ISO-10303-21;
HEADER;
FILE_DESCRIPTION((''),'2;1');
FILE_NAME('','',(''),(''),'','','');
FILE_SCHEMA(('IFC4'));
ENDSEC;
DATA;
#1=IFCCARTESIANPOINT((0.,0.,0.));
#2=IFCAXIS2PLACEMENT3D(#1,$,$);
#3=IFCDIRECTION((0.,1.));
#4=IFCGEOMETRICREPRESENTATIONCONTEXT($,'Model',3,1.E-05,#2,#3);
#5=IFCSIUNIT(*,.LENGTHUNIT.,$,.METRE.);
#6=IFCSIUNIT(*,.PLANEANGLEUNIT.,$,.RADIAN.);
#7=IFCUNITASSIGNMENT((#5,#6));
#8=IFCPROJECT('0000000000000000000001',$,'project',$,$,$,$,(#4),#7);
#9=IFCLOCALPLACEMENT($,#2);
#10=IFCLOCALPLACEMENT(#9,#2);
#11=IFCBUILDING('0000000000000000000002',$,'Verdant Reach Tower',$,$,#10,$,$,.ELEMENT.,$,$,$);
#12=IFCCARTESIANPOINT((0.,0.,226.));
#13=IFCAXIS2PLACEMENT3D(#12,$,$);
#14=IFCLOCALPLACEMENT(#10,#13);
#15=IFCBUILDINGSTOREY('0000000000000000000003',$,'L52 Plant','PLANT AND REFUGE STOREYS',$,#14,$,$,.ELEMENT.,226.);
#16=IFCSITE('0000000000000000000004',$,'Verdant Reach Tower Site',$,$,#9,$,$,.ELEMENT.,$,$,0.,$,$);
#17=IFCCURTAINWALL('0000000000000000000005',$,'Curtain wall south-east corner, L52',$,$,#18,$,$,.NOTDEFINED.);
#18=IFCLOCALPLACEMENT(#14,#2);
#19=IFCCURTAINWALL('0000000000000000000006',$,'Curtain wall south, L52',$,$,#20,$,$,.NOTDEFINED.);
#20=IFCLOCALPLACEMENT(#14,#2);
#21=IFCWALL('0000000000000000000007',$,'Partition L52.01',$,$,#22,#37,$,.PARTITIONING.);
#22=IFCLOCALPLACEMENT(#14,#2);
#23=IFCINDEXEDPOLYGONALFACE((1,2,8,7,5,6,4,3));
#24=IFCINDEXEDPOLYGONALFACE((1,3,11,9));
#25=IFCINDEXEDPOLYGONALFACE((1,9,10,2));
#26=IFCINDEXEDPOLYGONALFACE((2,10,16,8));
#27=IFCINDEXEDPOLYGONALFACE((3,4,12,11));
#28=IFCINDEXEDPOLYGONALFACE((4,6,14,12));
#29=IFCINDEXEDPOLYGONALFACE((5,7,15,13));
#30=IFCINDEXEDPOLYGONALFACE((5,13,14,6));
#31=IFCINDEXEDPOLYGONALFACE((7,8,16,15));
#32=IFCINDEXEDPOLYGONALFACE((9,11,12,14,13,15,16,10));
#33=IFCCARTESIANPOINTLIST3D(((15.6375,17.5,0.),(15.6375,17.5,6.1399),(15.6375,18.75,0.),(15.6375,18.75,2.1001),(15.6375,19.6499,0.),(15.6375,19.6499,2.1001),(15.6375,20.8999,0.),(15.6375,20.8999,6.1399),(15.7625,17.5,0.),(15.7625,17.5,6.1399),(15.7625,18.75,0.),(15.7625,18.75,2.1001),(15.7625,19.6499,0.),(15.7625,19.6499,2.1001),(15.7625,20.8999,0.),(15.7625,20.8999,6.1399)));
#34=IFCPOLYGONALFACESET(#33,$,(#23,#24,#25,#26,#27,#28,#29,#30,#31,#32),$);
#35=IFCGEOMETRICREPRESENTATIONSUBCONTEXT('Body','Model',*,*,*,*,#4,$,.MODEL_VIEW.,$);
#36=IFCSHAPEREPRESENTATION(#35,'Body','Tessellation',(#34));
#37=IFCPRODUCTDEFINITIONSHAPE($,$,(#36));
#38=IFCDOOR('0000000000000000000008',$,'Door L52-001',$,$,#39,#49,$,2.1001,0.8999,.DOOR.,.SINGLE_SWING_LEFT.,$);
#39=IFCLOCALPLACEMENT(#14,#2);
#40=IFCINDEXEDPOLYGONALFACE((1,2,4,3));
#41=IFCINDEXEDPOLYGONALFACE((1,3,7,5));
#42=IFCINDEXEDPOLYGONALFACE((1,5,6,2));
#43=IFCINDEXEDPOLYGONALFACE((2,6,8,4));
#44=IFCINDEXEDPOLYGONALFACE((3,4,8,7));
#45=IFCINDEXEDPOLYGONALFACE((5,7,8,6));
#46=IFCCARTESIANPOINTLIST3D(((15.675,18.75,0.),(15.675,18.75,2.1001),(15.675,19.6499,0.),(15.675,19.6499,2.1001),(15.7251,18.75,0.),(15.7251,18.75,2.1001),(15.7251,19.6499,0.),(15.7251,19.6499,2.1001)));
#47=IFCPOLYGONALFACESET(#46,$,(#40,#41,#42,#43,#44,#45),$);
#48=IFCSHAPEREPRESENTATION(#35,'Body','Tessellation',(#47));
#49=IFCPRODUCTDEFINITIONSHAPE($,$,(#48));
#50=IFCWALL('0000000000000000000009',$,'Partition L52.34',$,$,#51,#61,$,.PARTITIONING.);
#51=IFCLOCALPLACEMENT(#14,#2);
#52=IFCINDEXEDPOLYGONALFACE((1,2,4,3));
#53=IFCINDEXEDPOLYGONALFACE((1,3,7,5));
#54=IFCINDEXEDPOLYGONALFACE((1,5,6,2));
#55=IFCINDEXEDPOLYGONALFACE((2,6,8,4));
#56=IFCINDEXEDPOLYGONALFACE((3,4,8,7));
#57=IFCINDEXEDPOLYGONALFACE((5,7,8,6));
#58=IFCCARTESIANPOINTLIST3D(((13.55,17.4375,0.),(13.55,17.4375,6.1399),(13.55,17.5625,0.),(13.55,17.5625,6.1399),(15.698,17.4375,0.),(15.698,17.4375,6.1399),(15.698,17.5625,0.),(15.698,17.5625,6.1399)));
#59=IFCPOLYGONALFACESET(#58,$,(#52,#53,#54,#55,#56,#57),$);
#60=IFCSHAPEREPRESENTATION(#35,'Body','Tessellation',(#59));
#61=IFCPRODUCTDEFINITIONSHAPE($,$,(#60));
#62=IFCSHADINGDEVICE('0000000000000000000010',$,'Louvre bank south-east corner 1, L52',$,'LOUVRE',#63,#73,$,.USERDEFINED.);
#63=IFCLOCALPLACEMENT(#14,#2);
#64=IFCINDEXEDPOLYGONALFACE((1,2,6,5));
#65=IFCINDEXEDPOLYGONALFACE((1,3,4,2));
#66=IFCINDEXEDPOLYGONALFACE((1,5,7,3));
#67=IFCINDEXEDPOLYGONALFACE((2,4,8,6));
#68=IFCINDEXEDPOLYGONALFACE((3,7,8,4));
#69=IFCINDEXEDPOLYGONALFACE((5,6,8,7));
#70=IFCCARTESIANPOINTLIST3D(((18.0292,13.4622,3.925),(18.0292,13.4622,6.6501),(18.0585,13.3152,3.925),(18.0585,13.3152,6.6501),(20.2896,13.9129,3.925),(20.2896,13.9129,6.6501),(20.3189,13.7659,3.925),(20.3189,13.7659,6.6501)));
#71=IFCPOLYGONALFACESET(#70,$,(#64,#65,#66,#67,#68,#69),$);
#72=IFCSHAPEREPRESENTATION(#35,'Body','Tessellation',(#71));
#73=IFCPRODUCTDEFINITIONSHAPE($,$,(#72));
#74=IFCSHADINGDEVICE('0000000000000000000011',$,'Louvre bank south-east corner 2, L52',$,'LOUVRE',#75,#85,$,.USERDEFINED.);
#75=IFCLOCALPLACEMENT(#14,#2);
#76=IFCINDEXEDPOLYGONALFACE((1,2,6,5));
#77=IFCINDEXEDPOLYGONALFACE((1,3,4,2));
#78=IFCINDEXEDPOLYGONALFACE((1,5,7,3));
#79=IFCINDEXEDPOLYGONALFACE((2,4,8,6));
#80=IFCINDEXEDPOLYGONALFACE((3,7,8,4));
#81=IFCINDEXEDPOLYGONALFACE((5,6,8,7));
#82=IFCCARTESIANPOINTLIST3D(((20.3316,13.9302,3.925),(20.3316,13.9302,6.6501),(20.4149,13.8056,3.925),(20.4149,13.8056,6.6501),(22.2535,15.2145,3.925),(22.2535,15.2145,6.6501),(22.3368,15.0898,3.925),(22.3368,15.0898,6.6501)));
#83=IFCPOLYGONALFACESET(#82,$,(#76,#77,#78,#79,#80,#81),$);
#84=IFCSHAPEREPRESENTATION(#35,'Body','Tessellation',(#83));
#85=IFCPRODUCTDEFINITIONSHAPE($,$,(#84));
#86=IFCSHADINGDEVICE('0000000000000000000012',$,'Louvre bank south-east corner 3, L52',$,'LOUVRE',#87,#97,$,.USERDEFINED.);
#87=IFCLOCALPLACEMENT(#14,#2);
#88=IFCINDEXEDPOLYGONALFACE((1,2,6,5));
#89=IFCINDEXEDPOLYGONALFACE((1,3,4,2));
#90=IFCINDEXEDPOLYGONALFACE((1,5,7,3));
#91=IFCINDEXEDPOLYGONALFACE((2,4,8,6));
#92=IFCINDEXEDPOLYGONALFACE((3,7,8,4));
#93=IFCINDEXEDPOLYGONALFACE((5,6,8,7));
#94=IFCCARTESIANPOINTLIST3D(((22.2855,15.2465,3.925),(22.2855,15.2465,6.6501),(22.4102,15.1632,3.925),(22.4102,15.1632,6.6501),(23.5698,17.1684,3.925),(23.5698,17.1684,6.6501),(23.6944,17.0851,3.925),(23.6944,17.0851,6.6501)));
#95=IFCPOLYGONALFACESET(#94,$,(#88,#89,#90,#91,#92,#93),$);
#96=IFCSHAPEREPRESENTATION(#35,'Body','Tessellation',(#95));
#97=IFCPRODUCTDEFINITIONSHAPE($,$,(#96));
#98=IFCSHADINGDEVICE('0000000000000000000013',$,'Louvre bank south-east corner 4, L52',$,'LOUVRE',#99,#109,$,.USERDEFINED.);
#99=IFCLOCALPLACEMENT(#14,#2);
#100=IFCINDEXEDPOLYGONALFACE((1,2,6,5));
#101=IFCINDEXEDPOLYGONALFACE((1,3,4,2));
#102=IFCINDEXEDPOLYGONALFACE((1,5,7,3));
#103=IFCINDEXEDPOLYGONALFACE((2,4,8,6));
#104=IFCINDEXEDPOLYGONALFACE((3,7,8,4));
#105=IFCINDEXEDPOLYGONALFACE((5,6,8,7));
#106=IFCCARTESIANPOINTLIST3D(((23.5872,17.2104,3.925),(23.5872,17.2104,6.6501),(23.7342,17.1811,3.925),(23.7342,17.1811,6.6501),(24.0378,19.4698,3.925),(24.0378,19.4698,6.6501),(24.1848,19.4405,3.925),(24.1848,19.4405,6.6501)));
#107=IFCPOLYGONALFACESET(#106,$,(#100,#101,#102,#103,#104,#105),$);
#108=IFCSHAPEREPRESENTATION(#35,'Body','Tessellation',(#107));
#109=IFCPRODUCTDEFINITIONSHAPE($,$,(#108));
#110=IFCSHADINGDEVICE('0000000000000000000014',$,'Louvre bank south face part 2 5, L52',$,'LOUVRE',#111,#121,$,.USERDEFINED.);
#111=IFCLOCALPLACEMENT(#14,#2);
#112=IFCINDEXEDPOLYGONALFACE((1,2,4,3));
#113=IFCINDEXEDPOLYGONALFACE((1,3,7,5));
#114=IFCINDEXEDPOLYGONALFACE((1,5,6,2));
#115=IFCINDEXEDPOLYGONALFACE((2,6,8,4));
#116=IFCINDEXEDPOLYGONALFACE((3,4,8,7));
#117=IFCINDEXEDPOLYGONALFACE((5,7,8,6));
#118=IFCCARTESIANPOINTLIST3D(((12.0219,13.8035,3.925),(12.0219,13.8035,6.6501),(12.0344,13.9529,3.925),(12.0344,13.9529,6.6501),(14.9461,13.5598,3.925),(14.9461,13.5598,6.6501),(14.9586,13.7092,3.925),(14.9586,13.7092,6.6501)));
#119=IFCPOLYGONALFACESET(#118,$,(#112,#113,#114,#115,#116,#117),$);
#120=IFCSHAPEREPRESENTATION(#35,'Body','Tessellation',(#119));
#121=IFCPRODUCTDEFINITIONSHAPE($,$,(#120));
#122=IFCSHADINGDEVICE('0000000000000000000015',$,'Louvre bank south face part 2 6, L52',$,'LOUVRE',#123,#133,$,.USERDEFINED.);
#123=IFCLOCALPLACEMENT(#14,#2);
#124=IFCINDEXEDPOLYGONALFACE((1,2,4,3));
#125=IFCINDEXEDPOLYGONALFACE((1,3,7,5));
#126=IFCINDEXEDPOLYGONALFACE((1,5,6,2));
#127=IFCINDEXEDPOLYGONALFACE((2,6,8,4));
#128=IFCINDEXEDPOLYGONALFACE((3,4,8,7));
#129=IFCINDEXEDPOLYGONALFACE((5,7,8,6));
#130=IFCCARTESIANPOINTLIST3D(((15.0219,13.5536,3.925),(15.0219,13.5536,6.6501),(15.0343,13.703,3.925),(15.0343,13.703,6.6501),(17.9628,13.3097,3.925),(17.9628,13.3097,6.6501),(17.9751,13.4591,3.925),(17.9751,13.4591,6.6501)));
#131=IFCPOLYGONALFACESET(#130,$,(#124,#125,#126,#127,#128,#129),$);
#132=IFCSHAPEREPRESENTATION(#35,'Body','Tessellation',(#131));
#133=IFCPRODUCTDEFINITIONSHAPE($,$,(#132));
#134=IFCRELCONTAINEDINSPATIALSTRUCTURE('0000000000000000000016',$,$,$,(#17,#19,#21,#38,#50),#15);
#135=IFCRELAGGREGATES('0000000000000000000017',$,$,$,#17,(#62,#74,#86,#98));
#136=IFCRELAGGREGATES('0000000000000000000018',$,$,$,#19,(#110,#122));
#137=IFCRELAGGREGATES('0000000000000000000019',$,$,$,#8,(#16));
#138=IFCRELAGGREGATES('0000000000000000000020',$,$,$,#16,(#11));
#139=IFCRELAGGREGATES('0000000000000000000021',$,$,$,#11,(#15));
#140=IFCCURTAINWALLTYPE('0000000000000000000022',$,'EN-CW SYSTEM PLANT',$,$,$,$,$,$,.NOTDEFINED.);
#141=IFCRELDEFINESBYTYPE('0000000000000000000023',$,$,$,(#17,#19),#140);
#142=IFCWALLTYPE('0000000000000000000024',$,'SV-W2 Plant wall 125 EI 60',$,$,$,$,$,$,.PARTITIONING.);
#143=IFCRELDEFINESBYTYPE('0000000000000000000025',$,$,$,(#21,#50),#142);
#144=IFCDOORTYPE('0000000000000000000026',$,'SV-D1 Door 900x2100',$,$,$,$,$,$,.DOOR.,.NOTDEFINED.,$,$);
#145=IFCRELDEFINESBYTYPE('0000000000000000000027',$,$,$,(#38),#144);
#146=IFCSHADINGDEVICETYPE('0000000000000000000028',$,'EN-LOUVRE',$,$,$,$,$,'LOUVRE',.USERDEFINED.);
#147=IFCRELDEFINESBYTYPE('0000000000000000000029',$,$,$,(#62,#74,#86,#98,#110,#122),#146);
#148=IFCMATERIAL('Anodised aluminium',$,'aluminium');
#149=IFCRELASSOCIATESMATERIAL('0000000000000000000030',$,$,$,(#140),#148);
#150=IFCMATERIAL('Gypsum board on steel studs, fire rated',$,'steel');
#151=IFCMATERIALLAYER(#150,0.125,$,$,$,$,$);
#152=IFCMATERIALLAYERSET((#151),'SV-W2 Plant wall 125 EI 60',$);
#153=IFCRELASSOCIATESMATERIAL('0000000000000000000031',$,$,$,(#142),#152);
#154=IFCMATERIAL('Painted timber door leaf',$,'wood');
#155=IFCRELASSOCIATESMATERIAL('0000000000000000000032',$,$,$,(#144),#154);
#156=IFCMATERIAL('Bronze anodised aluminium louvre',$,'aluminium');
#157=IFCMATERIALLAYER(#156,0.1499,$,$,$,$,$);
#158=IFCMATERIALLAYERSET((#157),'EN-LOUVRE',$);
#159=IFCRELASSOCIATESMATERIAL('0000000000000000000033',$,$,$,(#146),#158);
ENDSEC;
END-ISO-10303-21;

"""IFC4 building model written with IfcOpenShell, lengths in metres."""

from ifc_helpers import new_model, si_unit, direction, frame, frame_2d, origin, origin_2d, place, context, subcontext, project, spatial, rectangle, extrude, material, layer, layer_set, type_object, element, fill, aggregate, save


model = new_model("IFC4")

# Units and contexts
model_context = context("Model", 3, precision=1e-05, world=origin(), true_north=direction((0.0, 1.0)))
body_context = subcontext(model_context, "Body", "Model", "MODEL_VIEW")
ifc_project = project(units=[si_unit("LENGTHUNIT", "METRE"), si_unit("PLANEANGLEUNIT", "RADIAN")], contexts=[model_context])

# Site, building, storey
site_placement = place(None, origin())
site = spatial("IfcSite", under=ifc_project, at=site_placement, Name="Verdant Reach Tower Site", CompositionType="ELEMENT", RefElevation=0.0)
building_placement = place(site_placement, origin())
building = spatial("IfcBuilding", under=site, at=building_placement, Name="Verdant Reach Tower", CompositionType="ELEMENT")
storey_placement = place(building_placement, frame((0.0, 0.0, 226.0)))
storey = spatial("IfcBuildingStorey", under=building, at=storey_placement, Name="L52 Plant", Description="PLANT AND REFUGE STOREYS", CompositionType="ELEMENT", Elevation=226.0)

# Curtain wall
ifc_material_1 = material(Name="Anodised aluminium", Category="aluminium")
curtain_wall_type = type_object("IfcCurtainWallType", Name="EN-CW SYSTEM PLANT", PredefinedType="NOTDEFINED", material=ifc_material_1)
curtain_wall_1_placement = place(storey_placement, origin())
curtain_wall_1 = element("IfcCurtainWall", 1, at=curtain_wall_1_placement, inside=storey, type_object=curtain_wall_type, Name="Curtain wall south-east corner, L52", PredefinedType="NOTDEFINED")

# Curtain wall
curtain_wall_2_placement = place(storey_placement, origin())
curtain_wall_2 = element("IfcCurtainWall", 2, at=curtain_wall_2_placement, inside=storey, type_object=curtain_wall_type, Name="Curtain wall south, L52", PredefinedType="NOTDEFINED")

# Wall, opening, door
ifc_material_2 = material(Name="Gypsum board on steel studs, fire rated", Category="steel")
ifc_layer_1 = layer(ifc_material_2, 0.125)
ifc_layer_set_1 = layer_set([ifc_layer_1], Name="SV-W2 Plant wall 125 EI 60")
wall_type_1 = type_object("IfcWallType", Name="SV-W2 Plant wall 125 EI 60", PredefinedType="PARTITIONING", material=ifc_layer_set_1)
wall_1_placement = place(storey_placement, frame((15.7, 17.5, 0.0), z_axis=(0.0, 0.0, 1.0), x_axis=(0.0, 1.0, 0.0)))
wall_1 = element("IfcWall", 3, at=wall_1_placement, inside=storey, type_object=wall_type_1, Name="Partition L52.01", PredefinedType="PARTITIONING", context=body_context, shape_type="SweptSolid", body=[
    extrude(rectangle(XDim=3.3999, YDim=0.125, at=frame_2d((1.7, 0.0))), origin(), (0.0, 0.0, 1.0), 6.1399),
])
opening_placement = place(wall_1_placement, frame((1.25, 0.0, 0.0)))
opening = element("IfcOpeningElement", 4, at=opening_placement, cuts=wall_1, PredefinedType="OPENING", context=body_context, shape_type="SweptSolid", body=[
    extrude(rectangle(XDim=0.8999, YDim=2.1001, at=frame_2d((0.45, 1.05))), frame((0.0, 0.0725, 0.0), z_axis=(0.0, -1.0, 0.0), x_axis=(1.0, 0.0, 0.0)), (0.0, 0.0, 1.0), 0.145),
])
ifc_material_3 = material(Name="Painted timber door leaf", Category="wood")
door_type = type_object("IfcDoorType", Name="SV-D1 Door 900x2100", OperationType="NOTDEFINED", PredefinedType="DOOR", material=ifc_material_3)
door_placement = place(opening_placement, origin())
door = element("IfcDoor", 5, at=door_placement, inside=storey, type_object=door_type, Name="Door L52-001", OperationType="SINGLE_SWING_LEFT", OverallHeight=2.1001, OverallWidth=0.8999, PredefinedType="DOOR", context=body_context, shape_type="SweptSolid", body=[
    extrude(rectangle(XDim=0.8999, YDim=2.1001, at=frame_2d((0.45, 1.05))), frame((0.0, 0.0249, 0.0), z_axis=(0.0, -1.0, 0.0), x_axis=(1.0, 0.0, 0.0)), (0.0, 0.0, 1.0), 0.05),
])
fill(opening, door)

# Wall
wall_2_placement = place(storey_placement, frame((15.698, 17.5, 0.0), z_axis=(0.0, 0.0, 1.0), x_axis=(-1.0, 0.0, 0.0)))
element("IfcWall", 6, at=wall_2_placement, inside=storey, type_object=wall_type_1, Name="Partition L52.34", PredefinedType="PARTITIONING", context=body_context, shape_type="SweptSolid", body=[
    extrude(rectangle(XDim=2.1479, YDim=0.125, at=frame_2d((1.074, 0.0))), origin(), (0.0, 0.0, 1.0), 6.1399),
])

# Shading devices
ifc_material_4 = material(Name="Bronze anodised aluminium louvre", Category="aluminium")
ifc_layer_2 = layer(ifc_material_4, 0.1499)
ifc_layer_set_2 = layer_set([ifc_layer_2], Name="EN-LOUVRE")
shading_device_type = type_object("IfcShadingDeviceType", Name="EN-LOUVRE", ElementType="LOUVRE", PredefinedType="USERDEFINED", material=ifc_layer_set_2)
shading_device_1_placement = place(storey_placement, frame((19.1741, 13.614, 3.925), z_axis=(0.0, 0.0, 1.0), x_axis=(0.980695, 0.195545, 0.0)))
shading_device_1 = element("IfcShadingDevice", 7, at=shading_device_1_placement, type_object=shading_device_type, Name="Louvre bank south-east corner 1, L52", ObjectType="LOUVRE", PredefinedType="USERDEFINED", context=body_context, shape_type="SweptSolid", body=[
    extrude(rectangle(XDim=2.3049, YDim=0.1499, at=origin_2d()), origin(), (0.0, 0.0, 1.0), 2.7251),
])
shading_device_2_placement = place(storey_placement, frame((21.3342, 14.51, 3.925), z_axis=(0.0, 0.0, 1.0), x_axis=(0.831452, 0.555596, 0.0)))
shading_device_2 = element("IfcShadingDevice", 8, at=shading_device_2_placement, type_object=shading_device_type, Name="Louvre bank south-east corner 2, L52", ObjectType="LOUVRE", PredefinedType="USERDEFINED", context=body_context, shape_type="SweptSolid", body=[
    extrude(rectangle(XDim=2.3115, YDim=0.1499, at=origin_2d()), origin(), (0.0, 0.0, 1.0), 2.7251),
])
shading_device_3_placement = place(storey_placement, frame((22.99, 16.1658, 3.925), z_axis=(0.0, 0.0, 1.0), x_axis=(0.555596, 0.831452, 0.0)))
shading_device_3 = element("IfcShadingDevice", 9, at=shading_device_3_placement, type_object=shading_device_type, Name="Louvre bank south-east corner 3, L52", ObjectType="LOUVRE", PredefinedType="USERDEFINED", context=body_context, shape_type="SweptSolid", body=[
    extrude(rectangle(XDim=2.3115, YDim=0.1499, at=origin_2d()), origin(), (0.0, 0.0, 1.0), 2.7251),
])
shading_device_4_placement = place(storey_placement, frame((23.886, 18.3254, 3.925), z_axis=(0.0, 0.0, 1.0), x_axis=(0.195593, 0.980685, 0.0)))
shading_device_4 = element("IfcShadingDevice", 10, at=shading_device_4_placement, type_object=shading_device_type, Name="Louvre bank south-east corner 4, L52", ObjectType="LOUVRE", PredefinedType="USERDEFINED", context=body_context, shape_type="SweptSolid", body=[
    extrude(rectangle(XDim=2.304, YDim=0.1499, at=origin_2d()), origin(), (0.0, 0.0, 1.0), 2.7251),
])
aggregate(curtain_wall_1, [shading_device_1, shading_device_2, shading_device_3, shading_device_4])
shading_device_5_placement = place(storey_placement, frame((13.4902, 13.7563, 3.925), z_axis=(0.0, 0.0, 1.0), x_axis=(0.996546, -0.083045, 0.0)))
shading_device_5 = element("IfcShadingDevice", 11, at=shading_device_5_placement, type_object=shading_device_type, Name="Louvre bank south face part 2 5, L52", ObjectType="LOUVRE", PredefinedType="USERDEFINED", context=body_context, shape_type="SweptSolid", body=[
    extrude(rectangle(XDim=2.9343, YDim=0.1499, at=origin_2d()), origin(), (0.0, 0.0, 1.0), 2.7251),
])
shading_device_6_placement = place(storey_placement, frame((16.4985, 13.5063, 3.925), z_axis=(0.0, 0.0, 1.0), x_axis=(0.996578, -0.082664, 0.0)))
shading_device_6 = element("IfcShadingDevice", 12, at=shading_device_6_placement, type_object=shading_device_type, Name="Louvre bank south face part 2 6, L52", ObjectType="LOUVRE", PredefinedType="USERDEFINED", context=body_context, shape_type="SweptSolid", body=[
    extrude(rectangle(XDim=2.9509, YDim=0.1499, at=origin_2d()), origin(), (0.0, 0.0, 1.0), 2.7251),
])
aggregate(curtain_wall_2, [shading_device_5, shading_device_6])

save(model, "model.ifc")
